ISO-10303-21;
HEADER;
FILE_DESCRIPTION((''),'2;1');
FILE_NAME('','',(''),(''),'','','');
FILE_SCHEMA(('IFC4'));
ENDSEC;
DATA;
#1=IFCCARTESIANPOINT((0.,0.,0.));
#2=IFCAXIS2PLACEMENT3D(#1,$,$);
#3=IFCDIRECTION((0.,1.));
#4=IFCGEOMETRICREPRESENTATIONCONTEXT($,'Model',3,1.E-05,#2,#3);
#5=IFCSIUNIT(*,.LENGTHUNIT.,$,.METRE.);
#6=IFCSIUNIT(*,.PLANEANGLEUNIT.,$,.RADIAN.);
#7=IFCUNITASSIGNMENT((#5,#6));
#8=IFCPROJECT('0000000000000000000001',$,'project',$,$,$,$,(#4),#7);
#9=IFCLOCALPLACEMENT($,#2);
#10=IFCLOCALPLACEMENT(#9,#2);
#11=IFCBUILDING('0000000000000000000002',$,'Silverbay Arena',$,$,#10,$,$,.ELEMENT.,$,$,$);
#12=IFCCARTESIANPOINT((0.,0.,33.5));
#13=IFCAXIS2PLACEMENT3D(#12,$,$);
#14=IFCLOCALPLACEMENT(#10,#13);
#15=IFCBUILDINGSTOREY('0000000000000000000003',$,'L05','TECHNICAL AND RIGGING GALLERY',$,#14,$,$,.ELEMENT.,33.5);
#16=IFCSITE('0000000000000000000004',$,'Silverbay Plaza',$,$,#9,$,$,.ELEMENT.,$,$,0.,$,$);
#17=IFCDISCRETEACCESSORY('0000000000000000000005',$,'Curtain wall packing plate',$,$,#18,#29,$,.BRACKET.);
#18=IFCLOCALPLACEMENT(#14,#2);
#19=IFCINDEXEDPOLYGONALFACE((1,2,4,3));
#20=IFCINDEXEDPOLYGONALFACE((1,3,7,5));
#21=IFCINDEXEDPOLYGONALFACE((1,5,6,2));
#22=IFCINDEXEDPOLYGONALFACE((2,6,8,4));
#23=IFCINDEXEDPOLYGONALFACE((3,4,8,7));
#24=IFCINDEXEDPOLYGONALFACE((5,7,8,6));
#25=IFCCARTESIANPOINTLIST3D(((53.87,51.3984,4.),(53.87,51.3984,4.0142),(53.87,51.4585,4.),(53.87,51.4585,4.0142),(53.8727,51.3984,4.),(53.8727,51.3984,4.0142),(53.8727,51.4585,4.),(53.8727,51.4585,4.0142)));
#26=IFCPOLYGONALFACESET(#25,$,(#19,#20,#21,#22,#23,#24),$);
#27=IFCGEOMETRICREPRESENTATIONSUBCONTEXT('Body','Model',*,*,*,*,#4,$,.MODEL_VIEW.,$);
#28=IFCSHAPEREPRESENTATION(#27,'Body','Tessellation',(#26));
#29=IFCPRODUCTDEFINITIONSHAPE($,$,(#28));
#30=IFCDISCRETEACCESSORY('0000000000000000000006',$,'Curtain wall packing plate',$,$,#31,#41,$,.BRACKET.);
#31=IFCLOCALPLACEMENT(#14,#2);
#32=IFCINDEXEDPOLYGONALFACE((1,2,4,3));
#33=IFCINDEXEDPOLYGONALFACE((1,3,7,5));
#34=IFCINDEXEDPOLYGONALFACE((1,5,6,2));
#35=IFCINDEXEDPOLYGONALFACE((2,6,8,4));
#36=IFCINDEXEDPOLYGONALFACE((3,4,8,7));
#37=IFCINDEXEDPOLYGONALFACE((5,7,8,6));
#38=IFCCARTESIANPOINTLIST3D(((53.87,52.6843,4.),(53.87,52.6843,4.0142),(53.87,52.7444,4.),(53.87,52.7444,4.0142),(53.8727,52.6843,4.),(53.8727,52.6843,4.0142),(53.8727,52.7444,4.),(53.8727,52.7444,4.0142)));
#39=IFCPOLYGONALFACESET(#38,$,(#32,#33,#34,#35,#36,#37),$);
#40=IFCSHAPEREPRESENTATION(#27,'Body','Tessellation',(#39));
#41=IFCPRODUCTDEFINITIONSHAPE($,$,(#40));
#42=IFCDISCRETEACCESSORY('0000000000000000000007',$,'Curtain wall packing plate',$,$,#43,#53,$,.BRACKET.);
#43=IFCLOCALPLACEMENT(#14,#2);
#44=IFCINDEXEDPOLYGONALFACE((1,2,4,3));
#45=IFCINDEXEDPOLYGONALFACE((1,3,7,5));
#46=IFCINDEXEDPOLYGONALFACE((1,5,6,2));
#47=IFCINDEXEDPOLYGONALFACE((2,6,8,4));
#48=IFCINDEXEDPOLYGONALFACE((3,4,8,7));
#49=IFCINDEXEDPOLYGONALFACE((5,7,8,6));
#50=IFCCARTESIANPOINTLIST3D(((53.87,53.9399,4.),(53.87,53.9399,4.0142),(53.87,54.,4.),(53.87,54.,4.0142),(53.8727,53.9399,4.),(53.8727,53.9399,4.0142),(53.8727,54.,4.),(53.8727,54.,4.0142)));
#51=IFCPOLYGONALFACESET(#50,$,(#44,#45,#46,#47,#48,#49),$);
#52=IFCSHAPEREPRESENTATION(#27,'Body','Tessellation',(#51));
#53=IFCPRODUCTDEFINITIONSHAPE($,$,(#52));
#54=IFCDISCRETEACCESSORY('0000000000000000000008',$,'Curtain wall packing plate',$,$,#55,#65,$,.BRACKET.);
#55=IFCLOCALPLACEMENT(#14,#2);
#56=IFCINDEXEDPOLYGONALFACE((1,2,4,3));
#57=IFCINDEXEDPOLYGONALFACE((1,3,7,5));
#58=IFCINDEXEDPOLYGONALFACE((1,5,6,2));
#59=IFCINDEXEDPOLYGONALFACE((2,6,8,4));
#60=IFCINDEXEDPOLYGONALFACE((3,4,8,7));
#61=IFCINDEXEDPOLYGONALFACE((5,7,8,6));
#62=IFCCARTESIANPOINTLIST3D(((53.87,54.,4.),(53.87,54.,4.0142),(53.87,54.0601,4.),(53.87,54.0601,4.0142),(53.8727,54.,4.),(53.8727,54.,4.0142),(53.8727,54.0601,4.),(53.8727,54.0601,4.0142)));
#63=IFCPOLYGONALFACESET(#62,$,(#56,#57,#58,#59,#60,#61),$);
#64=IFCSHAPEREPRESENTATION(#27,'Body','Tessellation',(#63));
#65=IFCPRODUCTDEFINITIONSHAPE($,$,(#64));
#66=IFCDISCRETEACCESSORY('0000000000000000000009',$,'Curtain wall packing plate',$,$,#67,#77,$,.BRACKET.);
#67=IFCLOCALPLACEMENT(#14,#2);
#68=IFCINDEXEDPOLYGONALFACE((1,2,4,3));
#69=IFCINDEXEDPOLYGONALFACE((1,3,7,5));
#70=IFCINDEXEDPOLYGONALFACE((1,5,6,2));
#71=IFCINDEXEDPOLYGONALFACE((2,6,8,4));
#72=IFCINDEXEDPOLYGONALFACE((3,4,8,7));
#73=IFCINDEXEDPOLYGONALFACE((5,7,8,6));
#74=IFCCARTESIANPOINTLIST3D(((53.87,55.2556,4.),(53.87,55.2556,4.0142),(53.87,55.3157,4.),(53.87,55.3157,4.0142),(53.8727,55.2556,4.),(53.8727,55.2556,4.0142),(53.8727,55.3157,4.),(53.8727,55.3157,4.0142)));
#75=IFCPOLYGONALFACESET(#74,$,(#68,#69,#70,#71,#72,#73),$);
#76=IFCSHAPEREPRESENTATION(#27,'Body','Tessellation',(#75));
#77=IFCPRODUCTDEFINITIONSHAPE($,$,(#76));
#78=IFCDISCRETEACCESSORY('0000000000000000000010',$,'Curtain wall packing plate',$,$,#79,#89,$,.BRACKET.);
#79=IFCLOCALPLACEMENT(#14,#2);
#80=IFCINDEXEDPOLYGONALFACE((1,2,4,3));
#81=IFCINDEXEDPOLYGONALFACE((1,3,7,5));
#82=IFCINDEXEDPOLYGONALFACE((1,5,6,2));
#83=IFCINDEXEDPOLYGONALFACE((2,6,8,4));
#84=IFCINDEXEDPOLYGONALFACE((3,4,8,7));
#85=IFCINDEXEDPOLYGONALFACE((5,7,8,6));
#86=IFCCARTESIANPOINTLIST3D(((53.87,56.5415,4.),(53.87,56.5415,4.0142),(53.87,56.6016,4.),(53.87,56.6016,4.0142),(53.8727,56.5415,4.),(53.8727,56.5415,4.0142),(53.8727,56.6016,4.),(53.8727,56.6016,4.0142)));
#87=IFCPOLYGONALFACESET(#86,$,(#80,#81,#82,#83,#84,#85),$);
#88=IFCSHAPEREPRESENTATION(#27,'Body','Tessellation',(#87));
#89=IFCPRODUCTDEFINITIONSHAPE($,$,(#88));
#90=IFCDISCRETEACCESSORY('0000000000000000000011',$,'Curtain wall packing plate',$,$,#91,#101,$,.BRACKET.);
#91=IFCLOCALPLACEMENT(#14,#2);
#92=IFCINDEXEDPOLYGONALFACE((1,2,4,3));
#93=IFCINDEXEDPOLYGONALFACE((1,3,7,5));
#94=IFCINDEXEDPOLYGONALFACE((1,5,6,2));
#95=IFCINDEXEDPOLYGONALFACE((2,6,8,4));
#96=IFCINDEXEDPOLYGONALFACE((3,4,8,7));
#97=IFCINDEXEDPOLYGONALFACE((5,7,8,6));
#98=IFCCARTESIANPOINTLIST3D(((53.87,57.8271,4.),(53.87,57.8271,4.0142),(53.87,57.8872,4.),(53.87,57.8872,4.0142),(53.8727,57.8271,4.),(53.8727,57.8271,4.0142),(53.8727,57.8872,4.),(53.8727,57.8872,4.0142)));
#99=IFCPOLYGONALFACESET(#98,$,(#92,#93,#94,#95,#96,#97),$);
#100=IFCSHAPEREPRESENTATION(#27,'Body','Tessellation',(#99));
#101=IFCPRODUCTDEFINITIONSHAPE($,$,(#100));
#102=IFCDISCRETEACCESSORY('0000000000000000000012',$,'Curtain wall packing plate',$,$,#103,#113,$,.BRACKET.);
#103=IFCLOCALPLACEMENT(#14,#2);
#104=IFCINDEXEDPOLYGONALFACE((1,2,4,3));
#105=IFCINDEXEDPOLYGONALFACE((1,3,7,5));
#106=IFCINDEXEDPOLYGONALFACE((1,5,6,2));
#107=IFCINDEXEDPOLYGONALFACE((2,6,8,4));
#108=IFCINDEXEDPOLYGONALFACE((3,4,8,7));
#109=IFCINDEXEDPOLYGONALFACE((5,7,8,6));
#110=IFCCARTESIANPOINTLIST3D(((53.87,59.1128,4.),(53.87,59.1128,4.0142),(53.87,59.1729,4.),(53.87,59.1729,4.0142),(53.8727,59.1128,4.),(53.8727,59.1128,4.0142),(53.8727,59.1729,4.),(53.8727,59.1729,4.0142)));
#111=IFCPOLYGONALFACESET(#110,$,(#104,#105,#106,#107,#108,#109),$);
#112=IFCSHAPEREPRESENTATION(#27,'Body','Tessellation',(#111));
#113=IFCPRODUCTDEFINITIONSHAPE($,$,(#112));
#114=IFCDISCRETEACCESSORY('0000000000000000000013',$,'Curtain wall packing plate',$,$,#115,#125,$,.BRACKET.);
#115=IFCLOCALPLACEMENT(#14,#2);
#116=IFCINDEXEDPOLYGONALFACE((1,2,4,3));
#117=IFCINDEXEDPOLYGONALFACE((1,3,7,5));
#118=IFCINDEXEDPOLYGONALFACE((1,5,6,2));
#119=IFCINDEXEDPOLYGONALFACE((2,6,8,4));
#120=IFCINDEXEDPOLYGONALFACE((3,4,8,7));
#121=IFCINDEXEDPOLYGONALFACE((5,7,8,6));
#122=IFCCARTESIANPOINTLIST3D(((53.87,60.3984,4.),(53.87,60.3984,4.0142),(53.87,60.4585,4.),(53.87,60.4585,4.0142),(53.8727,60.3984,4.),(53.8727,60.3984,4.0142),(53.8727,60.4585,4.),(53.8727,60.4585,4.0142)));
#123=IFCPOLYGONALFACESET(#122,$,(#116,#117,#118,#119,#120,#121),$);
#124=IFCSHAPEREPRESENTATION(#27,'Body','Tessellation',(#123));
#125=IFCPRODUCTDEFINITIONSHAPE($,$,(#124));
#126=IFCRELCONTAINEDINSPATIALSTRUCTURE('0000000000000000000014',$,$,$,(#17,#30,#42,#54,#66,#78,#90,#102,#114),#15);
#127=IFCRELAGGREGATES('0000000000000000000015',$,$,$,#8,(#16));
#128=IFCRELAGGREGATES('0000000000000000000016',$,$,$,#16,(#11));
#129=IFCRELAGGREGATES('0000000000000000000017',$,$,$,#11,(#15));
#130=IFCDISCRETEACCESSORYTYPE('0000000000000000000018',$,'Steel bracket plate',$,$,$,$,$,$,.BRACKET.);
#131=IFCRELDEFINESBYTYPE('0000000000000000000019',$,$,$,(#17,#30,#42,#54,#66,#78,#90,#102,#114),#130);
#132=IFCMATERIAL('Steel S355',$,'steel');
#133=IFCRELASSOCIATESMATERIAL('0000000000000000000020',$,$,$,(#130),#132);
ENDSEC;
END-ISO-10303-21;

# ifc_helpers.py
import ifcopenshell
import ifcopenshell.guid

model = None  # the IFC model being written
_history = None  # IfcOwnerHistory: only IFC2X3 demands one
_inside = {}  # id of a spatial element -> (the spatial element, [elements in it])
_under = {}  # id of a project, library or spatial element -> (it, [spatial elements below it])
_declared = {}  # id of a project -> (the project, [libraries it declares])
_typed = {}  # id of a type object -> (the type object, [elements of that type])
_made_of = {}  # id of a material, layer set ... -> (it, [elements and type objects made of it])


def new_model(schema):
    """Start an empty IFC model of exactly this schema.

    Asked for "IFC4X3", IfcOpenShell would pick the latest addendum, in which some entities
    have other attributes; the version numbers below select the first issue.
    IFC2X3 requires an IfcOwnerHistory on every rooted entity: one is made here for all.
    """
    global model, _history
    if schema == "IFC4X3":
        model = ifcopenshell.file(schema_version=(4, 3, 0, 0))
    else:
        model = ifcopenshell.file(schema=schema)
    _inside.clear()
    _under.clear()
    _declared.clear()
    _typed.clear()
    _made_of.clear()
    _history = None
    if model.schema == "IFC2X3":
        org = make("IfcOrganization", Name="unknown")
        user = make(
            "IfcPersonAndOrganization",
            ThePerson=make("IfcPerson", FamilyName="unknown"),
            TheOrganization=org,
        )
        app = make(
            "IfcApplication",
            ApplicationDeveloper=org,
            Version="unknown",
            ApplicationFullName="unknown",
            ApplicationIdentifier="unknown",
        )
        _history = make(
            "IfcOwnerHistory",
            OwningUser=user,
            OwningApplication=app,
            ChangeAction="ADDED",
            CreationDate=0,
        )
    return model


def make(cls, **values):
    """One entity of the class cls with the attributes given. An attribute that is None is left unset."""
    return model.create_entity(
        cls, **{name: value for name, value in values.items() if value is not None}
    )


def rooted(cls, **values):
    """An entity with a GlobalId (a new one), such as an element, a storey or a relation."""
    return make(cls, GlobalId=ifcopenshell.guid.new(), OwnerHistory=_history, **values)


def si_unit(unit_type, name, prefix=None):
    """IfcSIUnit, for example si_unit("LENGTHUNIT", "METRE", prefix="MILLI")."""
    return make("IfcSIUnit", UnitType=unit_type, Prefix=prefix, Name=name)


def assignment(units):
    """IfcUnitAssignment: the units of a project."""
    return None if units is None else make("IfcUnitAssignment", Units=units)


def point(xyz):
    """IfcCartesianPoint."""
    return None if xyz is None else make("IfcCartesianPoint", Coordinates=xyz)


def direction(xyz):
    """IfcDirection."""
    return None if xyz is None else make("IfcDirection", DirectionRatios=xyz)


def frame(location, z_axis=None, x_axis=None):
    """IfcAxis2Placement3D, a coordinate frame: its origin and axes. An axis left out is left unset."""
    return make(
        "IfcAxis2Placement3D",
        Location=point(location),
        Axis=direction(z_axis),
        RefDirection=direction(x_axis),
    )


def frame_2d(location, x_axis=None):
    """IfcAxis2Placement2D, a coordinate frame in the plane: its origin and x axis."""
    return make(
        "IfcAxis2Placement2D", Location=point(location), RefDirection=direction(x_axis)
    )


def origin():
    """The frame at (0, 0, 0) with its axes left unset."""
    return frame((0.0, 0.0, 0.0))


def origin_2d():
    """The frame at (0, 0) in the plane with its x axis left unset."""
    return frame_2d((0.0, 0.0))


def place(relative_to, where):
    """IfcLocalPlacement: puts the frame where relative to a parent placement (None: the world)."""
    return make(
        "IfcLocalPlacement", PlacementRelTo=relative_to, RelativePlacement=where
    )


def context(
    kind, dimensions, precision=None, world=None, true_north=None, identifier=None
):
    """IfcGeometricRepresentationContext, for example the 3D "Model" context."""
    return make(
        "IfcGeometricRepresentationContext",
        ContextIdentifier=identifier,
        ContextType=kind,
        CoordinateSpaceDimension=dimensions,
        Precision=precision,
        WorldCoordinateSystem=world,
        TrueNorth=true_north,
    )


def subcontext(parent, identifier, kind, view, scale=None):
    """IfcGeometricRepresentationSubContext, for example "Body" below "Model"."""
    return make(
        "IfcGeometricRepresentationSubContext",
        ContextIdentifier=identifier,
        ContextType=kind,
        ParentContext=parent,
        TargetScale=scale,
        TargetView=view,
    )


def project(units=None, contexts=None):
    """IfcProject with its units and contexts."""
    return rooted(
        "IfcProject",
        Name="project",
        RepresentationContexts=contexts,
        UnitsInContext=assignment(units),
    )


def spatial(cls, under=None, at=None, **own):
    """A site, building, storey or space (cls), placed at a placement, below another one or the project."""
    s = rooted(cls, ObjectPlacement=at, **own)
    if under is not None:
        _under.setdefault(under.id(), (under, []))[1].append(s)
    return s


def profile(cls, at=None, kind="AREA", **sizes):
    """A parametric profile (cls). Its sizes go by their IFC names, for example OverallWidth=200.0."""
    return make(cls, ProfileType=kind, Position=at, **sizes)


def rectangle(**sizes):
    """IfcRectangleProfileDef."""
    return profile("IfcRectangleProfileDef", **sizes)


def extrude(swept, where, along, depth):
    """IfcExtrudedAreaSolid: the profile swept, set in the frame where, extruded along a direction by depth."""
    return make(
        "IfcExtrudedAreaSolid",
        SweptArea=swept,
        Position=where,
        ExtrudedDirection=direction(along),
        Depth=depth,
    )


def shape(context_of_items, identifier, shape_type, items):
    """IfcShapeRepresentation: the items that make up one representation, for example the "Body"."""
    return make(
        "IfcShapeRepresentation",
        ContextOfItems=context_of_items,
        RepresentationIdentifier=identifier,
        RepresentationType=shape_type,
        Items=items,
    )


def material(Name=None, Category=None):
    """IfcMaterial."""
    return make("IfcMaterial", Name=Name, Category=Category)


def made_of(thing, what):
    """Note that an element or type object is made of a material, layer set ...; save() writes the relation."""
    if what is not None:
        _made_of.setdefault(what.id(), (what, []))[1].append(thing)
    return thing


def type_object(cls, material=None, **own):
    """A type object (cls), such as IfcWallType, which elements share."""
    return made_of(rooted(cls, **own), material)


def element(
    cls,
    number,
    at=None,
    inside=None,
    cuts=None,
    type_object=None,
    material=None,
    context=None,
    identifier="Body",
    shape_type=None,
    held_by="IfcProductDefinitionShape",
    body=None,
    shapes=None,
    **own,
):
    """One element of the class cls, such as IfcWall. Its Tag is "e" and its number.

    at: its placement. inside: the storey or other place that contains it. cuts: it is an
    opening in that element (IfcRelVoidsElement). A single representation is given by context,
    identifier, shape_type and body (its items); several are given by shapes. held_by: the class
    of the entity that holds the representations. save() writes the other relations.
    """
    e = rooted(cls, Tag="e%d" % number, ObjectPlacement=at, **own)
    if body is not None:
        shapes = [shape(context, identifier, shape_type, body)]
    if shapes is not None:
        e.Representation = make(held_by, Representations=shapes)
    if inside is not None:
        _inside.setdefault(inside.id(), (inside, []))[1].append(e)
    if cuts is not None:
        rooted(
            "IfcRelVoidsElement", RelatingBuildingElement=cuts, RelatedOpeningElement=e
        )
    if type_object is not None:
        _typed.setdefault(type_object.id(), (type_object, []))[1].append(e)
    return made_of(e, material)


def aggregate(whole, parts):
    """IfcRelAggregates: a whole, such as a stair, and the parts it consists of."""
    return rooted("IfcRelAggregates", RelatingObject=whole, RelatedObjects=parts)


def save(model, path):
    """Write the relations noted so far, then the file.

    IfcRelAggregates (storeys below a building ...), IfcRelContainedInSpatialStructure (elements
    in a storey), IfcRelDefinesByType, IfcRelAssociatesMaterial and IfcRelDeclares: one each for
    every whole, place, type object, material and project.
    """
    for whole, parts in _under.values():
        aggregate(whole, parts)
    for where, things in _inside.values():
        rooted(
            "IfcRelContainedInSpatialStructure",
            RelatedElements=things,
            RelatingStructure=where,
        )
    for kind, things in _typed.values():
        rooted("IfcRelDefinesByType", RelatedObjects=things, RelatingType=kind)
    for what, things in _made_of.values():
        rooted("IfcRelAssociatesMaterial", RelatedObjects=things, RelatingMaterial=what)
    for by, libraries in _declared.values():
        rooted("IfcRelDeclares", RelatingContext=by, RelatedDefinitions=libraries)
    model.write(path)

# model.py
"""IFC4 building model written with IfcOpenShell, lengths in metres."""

from ifc_helpers import new_model, si_unit, direction, frame, origin, origin_2d, place, context, subcontext, project, spatial, rectangle, extrude, material, type_object, element, save


model = new_model("IFC4")

# Units and contexts
model_context = context("Model", 3, precision=1e-05, world=origin(), true_north=direction((0.0, 1.0)))
body_context = subcontext(model_context, "Body", "Model", "MODEL_VIEW")
ifc_project = project(units=[si_unit("LENGTHUNIT", "METRE"), si_unit("PLANEANGLEUNIT", "RADIAN")], contexts=[model_context])

# Site, building, storey
site_placement = place(None, origin())
site = spatial("IfcSite", under=ifc_project, at=site_placement, Name="Silverbay Plaza", CompositionType="ELEMENT", RefElevation=0.0)
building_placement = place(site_placement, origin())
building = spatial("IfcBuilding", under=site, at=building_placement, Name="Silverbay Arena", CompositionType="ELEMENT")
storey_placement = place(building_placement, frame((0.0, 0.0, 33.5)))
storey = spatial("IfcBuildingStorey", under=building, at=storey_placement, Name="L05", Description="TECHNICAL AND RIGGING GALLERY", CompositionType="ELEMENT", Elevation=33.5)

# Discrete accessories
ifc_material_1 = material(Name="Steel S355", Category="steel")
discrete_accessory_type = type_object("IfcDiscreteAccessoryType", Name="Steel bracket plate", PredefinedType="BRACKET", material=ifc_material_1)
for number, where, z_axis, x_axis, name in (
    (1, (53.8713, 51.4285, 4.0), (0.0, 0.0, 1.0), (1.0, 0.0, 0.0), "Curtain wall packing plate"),
    (2, (53.8713, 52.7144, 4.0), (0.0, 0.0, 1.0), (1.0, 0.0, 0.0), "Curtain wall packing plate"),
    (3, (53.8713, 53.97, 4.0), (0.0, 0.0, 1.0), (1.0, 0.0, 0.0), "Curtain wall packing plate"),
    (4, (53.8713, 54.03, 4.0), (0.0, 0.0, 1.0), (1.0, 0.0, 0.0), "Curtain wall packing plate"),
    (5, (53.8713, 55.2856, 4.0), (0.0, 0.0, 1.0), (1.0, 0.0, 0.0), "Curtain wall packing plate"),
    (6, (53.8713, 56.5715, 4.0), (0.0, 0.0, 1.0), (1.0, 0.0, 0.0), "Curtain wall packing plate"),
    (7, (53.8713, 57.8572, 4.0), (0.0, 0.0, 1.0), (1.0, 0.0, 0.0), "Curtain wall packing plate"),
    (8, (53.8713, 59.1428, 4.0), (0.0, 0.0, 1.0), (1.0, 0.0, 0.0), "Curtain wall packing plate"),
    (9, (53.8713, 60.4285, 4.0), (0.0, 0.0, 1.0), (1.0, 0.0, 0.0), "Curtain wall packing plate"),
):
    element("IfcDiscreteAccessory", number, at=place(storey_placement, frame(where, z_axis=z_axis, x_axis=x_axis)), inside=storey, type_object=discrete_accessory_type, Name=name, PredefinedType="BRACKET", context=body_context, shape_type="SweptSolid", body=[
        extrude(rectangle(XDim=0.0027, YDim=0.0601, at=origin_2d()), origin(), (0.0, 0.0, 1.0), 0.0142),
    ])

save(model, "model.ifc")
